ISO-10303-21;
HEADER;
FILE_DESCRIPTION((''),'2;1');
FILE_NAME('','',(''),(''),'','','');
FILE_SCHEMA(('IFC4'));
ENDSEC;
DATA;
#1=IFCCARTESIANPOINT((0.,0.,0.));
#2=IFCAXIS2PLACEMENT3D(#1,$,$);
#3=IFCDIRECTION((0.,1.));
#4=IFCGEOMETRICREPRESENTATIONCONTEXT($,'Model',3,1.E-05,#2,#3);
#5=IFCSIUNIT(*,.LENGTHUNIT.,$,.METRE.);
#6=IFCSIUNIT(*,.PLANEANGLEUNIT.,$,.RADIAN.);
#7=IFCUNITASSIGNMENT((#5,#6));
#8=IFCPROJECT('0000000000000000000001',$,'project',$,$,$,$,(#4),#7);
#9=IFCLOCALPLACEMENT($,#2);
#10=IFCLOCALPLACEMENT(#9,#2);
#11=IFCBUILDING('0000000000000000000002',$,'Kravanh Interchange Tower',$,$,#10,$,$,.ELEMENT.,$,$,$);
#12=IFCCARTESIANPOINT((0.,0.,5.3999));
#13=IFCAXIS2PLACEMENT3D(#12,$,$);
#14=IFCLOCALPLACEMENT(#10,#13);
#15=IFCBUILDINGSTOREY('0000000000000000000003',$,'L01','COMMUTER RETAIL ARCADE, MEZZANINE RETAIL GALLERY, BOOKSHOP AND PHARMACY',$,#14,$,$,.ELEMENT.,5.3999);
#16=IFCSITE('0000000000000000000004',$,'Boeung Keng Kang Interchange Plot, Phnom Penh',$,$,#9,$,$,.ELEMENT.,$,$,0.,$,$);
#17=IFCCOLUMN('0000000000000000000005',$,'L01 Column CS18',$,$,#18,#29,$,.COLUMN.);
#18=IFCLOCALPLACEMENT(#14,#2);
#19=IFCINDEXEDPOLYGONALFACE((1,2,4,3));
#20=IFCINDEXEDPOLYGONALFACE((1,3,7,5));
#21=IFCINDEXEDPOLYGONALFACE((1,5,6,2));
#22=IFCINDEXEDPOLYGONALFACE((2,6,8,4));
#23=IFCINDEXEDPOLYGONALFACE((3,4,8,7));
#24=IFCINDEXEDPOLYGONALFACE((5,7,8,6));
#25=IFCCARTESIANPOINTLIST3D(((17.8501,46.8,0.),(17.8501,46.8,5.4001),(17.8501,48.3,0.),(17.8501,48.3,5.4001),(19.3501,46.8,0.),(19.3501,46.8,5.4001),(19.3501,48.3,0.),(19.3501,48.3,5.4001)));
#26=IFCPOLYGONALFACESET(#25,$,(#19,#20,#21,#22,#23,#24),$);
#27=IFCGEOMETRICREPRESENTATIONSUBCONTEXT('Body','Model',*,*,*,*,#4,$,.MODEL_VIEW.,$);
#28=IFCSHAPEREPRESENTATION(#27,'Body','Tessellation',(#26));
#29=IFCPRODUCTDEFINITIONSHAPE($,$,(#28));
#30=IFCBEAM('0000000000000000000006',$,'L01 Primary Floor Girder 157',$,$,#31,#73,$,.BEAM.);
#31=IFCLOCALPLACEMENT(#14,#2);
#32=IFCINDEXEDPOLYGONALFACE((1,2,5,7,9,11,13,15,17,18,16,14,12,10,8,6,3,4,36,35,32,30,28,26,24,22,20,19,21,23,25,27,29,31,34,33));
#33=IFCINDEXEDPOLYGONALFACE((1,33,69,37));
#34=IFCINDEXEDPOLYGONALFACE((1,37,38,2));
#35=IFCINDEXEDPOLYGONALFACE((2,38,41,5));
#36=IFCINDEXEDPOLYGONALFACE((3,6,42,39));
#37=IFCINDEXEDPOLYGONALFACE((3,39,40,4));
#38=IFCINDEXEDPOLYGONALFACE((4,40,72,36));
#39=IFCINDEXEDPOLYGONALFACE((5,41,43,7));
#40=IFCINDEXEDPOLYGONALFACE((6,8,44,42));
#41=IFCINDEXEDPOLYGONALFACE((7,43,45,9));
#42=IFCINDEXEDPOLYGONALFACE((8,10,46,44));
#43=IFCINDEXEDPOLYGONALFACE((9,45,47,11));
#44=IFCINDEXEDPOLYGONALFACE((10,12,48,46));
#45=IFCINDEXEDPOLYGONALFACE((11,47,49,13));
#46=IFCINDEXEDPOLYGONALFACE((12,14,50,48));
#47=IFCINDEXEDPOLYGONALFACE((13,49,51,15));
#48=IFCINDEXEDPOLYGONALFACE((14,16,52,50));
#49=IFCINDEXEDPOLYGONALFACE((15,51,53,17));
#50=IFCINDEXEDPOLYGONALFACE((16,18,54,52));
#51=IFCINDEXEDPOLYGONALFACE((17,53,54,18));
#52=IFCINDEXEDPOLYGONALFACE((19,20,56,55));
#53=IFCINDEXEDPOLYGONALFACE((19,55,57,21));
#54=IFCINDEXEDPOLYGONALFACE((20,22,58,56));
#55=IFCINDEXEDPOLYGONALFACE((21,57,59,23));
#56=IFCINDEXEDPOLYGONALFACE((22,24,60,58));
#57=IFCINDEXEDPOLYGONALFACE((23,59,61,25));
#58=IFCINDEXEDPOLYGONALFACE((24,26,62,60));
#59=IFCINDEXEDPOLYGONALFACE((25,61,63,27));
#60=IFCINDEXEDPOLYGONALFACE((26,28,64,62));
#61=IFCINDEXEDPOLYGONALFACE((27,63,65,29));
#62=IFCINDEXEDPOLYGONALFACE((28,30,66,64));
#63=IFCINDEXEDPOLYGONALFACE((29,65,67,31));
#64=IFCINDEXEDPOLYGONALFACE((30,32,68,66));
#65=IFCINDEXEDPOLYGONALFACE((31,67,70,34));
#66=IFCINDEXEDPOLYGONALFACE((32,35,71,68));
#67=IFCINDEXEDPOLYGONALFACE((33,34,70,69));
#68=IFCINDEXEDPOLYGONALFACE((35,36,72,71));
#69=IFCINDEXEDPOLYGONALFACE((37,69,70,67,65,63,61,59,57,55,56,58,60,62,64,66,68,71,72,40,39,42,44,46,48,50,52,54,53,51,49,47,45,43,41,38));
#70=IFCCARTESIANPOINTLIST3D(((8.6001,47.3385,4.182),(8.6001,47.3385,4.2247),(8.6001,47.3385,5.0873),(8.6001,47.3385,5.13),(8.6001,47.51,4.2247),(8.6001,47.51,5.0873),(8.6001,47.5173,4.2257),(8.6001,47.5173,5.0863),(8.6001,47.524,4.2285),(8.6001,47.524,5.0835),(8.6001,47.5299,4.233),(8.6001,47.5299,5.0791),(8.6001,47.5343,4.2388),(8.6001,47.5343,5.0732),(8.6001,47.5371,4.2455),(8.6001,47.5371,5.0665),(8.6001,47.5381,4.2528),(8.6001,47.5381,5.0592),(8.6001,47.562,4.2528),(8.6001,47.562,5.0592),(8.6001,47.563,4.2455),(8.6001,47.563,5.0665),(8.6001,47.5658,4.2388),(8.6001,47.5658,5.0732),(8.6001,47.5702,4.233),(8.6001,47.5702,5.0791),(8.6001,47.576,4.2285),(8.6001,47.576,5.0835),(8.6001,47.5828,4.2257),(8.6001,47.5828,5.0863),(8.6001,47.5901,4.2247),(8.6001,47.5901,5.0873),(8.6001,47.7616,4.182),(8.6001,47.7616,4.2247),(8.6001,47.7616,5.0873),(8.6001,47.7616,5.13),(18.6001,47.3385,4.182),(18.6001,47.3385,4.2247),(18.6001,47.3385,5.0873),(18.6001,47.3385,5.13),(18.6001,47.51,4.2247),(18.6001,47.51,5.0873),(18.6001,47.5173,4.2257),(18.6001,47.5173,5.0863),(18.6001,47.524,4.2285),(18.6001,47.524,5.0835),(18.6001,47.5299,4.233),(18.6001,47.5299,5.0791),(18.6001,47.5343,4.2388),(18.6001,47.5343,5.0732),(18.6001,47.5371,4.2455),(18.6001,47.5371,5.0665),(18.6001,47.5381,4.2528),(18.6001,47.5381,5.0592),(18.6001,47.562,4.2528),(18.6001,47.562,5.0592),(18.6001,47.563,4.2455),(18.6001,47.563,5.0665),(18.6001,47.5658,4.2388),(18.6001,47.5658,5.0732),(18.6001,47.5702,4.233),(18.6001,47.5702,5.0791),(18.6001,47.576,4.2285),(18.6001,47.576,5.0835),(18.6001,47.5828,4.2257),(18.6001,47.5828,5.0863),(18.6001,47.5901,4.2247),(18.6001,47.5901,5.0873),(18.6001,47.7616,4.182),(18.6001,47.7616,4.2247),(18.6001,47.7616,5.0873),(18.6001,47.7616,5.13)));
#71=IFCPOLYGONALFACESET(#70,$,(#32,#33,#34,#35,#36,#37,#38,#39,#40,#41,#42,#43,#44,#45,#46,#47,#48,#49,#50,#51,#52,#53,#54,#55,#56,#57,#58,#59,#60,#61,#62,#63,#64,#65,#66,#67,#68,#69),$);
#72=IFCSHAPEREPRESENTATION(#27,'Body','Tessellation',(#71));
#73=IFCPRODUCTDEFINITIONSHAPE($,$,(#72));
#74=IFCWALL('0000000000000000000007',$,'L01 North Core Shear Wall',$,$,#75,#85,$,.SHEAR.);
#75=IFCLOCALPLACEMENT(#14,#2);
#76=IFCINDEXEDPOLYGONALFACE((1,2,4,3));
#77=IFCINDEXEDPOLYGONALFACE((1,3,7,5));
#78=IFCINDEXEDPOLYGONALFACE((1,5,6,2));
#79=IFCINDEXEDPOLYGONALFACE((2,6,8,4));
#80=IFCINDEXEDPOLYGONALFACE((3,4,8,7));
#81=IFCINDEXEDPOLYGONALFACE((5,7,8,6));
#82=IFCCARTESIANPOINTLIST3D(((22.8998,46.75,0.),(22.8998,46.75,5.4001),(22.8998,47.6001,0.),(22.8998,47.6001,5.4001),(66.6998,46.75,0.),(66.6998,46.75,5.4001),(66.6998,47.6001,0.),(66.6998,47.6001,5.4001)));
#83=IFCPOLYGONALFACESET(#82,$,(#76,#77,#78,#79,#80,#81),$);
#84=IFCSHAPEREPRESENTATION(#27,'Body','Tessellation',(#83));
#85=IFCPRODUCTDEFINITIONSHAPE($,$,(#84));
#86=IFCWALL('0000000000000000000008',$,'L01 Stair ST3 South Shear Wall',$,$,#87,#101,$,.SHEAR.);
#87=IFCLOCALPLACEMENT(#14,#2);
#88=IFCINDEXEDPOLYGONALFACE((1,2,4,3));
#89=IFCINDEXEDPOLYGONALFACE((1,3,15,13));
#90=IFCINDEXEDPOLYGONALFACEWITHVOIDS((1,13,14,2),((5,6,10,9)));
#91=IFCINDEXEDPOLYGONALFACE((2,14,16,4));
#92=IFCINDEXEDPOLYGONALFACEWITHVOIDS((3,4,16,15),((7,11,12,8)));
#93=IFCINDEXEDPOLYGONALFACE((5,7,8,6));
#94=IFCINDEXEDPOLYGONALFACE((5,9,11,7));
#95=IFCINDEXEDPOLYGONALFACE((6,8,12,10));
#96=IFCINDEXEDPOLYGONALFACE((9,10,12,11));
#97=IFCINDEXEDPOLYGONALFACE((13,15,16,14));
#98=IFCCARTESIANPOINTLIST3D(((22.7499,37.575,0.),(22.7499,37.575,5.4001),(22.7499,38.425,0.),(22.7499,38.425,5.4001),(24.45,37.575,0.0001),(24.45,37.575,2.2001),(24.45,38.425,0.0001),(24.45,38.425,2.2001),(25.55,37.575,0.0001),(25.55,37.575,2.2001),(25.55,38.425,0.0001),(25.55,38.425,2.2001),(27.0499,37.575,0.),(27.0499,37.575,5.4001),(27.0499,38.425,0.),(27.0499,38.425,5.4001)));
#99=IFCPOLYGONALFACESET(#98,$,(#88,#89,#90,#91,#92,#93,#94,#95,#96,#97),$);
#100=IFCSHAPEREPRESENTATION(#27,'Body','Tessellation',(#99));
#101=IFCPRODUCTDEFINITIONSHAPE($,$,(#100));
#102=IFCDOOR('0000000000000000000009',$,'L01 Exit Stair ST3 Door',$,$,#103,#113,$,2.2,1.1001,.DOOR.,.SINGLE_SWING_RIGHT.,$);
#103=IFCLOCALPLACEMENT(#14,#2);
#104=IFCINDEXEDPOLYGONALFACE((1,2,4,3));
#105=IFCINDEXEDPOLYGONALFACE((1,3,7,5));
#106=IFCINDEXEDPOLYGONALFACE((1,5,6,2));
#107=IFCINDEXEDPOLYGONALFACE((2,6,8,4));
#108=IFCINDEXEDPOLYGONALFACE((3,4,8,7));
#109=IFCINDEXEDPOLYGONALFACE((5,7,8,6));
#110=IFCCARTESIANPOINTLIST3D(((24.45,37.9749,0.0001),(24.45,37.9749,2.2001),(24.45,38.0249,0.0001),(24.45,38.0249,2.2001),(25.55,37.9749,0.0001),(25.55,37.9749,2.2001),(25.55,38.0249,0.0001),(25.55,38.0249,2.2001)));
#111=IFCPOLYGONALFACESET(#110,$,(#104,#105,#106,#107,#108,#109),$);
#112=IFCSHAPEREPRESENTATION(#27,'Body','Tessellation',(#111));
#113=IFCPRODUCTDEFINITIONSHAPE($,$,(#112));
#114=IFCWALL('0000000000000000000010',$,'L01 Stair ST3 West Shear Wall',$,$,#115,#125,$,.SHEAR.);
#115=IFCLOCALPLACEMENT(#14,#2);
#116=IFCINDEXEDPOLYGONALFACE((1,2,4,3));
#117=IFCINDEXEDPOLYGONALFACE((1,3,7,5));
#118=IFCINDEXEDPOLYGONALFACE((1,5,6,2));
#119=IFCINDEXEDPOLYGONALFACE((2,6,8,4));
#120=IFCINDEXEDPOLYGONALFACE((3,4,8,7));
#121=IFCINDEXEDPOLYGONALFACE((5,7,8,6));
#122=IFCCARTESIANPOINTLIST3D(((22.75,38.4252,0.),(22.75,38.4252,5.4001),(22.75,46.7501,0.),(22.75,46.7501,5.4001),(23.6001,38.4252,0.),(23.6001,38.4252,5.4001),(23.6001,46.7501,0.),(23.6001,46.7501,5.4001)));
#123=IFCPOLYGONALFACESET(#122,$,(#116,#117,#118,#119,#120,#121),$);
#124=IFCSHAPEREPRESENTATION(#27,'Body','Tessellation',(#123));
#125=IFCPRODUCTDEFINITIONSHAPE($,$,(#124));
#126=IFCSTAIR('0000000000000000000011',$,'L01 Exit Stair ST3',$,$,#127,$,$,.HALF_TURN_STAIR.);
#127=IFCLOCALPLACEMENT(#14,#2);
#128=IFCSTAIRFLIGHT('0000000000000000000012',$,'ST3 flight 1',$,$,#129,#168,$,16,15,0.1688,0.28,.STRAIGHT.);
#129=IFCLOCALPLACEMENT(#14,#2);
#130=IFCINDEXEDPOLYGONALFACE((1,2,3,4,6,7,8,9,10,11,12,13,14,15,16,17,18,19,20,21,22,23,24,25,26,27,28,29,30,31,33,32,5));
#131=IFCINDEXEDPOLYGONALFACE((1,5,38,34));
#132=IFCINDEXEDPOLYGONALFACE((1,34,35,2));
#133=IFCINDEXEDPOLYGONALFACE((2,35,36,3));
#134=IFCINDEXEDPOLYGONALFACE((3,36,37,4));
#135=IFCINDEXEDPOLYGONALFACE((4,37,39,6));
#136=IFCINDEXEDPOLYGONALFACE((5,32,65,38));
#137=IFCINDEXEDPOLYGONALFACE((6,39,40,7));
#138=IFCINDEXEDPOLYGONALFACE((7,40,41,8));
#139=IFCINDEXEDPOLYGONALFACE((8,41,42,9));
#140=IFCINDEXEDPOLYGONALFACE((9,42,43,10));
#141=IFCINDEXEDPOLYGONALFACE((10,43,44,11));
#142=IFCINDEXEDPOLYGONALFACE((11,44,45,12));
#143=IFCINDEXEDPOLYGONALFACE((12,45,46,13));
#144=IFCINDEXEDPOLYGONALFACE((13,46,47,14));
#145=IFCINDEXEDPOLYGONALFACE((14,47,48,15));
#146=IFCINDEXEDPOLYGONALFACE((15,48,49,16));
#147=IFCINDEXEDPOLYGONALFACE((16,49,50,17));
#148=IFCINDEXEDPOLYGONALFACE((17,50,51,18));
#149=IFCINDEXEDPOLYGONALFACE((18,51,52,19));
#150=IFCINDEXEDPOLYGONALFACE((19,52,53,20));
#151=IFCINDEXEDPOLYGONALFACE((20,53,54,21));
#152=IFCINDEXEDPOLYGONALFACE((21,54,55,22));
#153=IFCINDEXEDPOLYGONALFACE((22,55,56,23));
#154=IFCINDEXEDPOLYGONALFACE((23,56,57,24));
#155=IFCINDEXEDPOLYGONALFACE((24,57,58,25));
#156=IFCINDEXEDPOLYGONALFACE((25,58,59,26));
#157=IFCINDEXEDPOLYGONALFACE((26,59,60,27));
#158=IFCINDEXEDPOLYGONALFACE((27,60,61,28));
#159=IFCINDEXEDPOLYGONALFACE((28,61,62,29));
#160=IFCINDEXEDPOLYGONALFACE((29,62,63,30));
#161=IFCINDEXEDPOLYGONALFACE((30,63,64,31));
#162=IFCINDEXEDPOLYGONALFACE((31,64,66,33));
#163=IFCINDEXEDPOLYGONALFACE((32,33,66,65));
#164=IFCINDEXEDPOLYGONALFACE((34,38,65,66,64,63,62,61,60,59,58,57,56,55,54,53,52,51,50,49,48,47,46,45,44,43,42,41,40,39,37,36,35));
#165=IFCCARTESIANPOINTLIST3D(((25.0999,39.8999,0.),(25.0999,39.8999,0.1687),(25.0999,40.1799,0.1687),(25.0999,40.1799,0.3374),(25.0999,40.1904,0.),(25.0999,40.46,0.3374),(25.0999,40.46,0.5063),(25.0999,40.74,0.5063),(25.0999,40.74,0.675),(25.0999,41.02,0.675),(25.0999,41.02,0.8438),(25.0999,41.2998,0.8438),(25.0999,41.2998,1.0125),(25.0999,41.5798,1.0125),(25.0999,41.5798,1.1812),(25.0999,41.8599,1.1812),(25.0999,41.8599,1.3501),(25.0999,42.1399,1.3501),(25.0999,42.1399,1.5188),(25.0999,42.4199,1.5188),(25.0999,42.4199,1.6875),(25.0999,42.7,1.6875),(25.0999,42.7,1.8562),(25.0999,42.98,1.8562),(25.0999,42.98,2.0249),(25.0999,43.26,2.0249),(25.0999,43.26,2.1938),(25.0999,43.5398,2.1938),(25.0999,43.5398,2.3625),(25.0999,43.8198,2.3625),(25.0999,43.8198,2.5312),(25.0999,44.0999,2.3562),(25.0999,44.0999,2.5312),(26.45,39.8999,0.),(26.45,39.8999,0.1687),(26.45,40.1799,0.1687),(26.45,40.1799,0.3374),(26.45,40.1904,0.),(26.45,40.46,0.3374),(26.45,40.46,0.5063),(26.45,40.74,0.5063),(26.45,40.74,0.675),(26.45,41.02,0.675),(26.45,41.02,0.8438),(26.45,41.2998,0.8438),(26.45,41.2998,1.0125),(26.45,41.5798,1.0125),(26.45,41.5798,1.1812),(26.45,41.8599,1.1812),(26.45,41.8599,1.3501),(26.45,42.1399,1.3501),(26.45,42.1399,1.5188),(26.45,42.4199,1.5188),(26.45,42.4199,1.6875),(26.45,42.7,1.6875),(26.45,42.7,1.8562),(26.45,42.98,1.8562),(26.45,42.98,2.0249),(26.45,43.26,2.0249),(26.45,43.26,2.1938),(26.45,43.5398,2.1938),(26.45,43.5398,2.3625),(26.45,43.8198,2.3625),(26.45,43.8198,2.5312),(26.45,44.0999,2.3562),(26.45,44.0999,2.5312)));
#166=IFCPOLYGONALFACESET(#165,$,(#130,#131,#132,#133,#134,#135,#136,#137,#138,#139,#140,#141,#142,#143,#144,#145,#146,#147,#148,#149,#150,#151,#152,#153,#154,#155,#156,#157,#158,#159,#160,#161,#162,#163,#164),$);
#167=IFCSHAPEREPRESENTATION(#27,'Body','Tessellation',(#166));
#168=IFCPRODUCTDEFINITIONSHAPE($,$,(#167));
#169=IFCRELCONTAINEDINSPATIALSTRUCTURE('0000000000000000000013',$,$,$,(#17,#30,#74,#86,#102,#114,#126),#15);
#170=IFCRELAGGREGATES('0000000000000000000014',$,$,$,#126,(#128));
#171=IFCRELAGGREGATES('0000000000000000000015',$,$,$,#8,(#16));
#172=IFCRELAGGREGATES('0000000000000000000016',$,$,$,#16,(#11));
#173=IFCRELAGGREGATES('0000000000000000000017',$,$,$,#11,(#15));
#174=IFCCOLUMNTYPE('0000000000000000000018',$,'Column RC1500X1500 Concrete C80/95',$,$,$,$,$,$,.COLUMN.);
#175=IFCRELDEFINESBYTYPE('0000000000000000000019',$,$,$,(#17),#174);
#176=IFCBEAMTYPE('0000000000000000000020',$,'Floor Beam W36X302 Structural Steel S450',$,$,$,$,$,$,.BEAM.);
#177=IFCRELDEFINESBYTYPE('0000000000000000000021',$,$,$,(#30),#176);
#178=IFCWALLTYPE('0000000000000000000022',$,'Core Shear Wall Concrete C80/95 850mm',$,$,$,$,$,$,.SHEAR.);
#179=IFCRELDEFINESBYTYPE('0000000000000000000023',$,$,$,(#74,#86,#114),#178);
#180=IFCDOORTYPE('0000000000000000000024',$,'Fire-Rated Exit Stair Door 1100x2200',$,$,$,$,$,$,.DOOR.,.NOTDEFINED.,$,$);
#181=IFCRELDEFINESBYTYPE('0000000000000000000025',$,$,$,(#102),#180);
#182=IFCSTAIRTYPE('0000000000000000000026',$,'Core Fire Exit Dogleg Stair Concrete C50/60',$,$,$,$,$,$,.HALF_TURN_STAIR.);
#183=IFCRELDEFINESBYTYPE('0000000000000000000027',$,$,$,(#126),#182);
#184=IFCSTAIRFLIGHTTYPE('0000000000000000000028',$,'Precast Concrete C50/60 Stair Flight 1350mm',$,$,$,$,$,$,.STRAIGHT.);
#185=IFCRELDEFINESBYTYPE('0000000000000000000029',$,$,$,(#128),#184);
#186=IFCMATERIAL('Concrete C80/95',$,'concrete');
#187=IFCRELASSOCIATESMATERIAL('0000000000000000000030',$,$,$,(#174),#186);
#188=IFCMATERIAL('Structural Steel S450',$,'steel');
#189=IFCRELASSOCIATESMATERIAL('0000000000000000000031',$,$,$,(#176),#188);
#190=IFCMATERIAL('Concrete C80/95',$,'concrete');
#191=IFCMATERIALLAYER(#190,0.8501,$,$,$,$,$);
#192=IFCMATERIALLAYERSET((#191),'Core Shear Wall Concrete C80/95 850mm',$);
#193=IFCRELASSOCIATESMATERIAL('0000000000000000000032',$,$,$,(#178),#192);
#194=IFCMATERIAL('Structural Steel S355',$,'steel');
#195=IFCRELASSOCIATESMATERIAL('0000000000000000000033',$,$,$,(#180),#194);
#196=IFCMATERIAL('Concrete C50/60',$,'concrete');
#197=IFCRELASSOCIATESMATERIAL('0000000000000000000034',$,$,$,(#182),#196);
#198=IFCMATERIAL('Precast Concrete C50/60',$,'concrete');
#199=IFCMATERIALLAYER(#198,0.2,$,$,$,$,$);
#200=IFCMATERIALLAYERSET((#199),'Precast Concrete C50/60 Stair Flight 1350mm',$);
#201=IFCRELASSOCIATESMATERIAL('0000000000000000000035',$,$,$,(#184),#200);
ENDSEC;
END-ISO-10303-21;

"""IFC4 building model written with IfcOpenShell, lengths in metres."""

from ifc_helpers import new_model, si_unit, direction, frame, frame_2d, origin, origin_2d, place, context, subcontext, project, spatial, polyline, rectangle, i_section, outline, extrude, material, layer, layer_set, material_profile, profile_set, type_object, element, fill, aggregate, save


model = new_model("IFC4")

# Units and contexts
model_context = context("Model", 3, precision=1e-05, world=origin(), true_north=direction((0.0, 1.0)))
body_context = subcontext(model_context, "Body", "Model", "MODEL_VIEW")
ifc_project = project(units=[si_unit("LENGTHUNIT", "METRE"), si_unit("PLANEANGLEUNIT", "RADIAN")], contexts=[model_context])

# Site, building, storey
site_placement = place(None, origin())
site = spatial("IfcSite", under=ifc_project, at=site_placement, Name="Boeung Keng Kang Interchange Plot, Phnom Penh", CompositionType="ELEMENT", RefElevation=0.0)
building_placement = place(site_placement, origin())
building = spatial("IfcBuilding", under=site, at=building_placement, Name="Kravanh Interchange Tower", CompositionType="ELEMENT")
storey_placement = place(building_placement, frame((0.0, 0.0, 5.3999)))
storey = spatial("IfcBuildingStorey", under=building, at=storey_placement, Name="L01", Description="COMMUTER RETAIL ARCADE, MEZZANINE RETAIL GALLERY, BOOKSHOP AND PHARMACY", CompositionType="ELEMENT", Elevation=5.3999)

# Column
ifc_material_1 = material(Name="Concrete C80/95", Category="concrete")
ifc_material_profile_1 = material_profile(ifc_material_1, rectangle(XDim=1.5, YDim=1.5, at=origin_2d()), Name="RC1500X1500")
ifc_profile_set_1 = profile_set([ifc_material_profile_1], Name="Concrete C80/95")
column_type = type_object("IfcColumnType", Name="Column RC1500X1500 Concrete C80/95", PredefinedType="COLUMN", material=ifc_profile_set_1)
column_placement = place(storey_placement, frame((18.6001, 47.55, 0.0), z_axis=(0.0, 0.0, 1.0), x_axis=(1.0, 0.0, 0.0)))
element("IfcColumn", 1, at=column_placement, inside=storey, type_object=column_type, Name="L01 Column CS18", PredefinedType="COLUMN", context=body_context, shape_type="SweptSolid", body=[
    extrude(rectangle(XDim=1.5, YDim=1.5, at=origin_2d()), origin(), (0.0, 0.0, 1.0), 5.4001),
])

# Beam
ifc_material_2 = material(Name="Structural Steel S450", Category="steel")
ifc_material_profile_2 = material_profile(ifc_material_2, i_section(OverallWidth=0.4231, OverallDepth=0.948, WebThickness=0.0239, FlangeThickness=0.0427, FilletRadius=0.0281, at=origin_2d()), Name="W36X302")
ifc_profile_set_2 = profile_set([ifc_material_profile_2], Name="Structural Steel S450")
beam_type = type_object("IfcBeamType", Name="Floor Beam W36X302 Structural Steel S450", PredefinedType="BEAM", material=ifc_profile_set_2)
beam_placement = place(storey_placement, frame((18.6001, 47.55, 4.656), z_axis=(-1.0, 0.0, 0.0), x_axis=(0.0, -1.0, 0.0)))
element("IfcBeam", 2, at=beam_placement, inside=storey, type_object=beam_type, Name="L01 Primary Floor Girder 157", PredefinedType="BEAM", context=body_context, shape_type="SweptSolid", body=[
    extrude(i_section(OverallWidth=0.4231, OverallDepth=0.948, WebThickness=0.0239, FlangeThickness=0.0427, FilletRadius=0.0281, at=origin_2d()), origin(), (0.0, 0.0, 1.0), 10.0),
])

# Wall
ifc_material_3 = material(Name="Concrete C80/95", Category="concrete")
ifc_layer_1 = layer(ifc_material_3, 0.8501)
ifc_layer_set_1 = layer_set([ifc_layer_1], Name="Core Shear Wall Concrete C80/95 850mm")
wall_type = type_object("IfcWallType", Name="Core Shear Wall Concrete C80/95 850mm", PredefinedType="SHEAR", material=ifc_layer_set_1)
wall_1_placement = place(storey_placement, frame((22.8999, 47.175, 0.0), z_axis=(0.0, 0.0, 1.0), x_axis=(1.0, 0.0, 0.0)))
element("IfcWall", 3, at=wall_1_placement, inside=storey, type_object=wall_type, Name="L01 North Core Shear Wall", PredefinedType="SHEAR", context=body_context, shape_type="SweptSolid", body=[
    extrude(rectangle(XDim=43.8, YDim=0.8501, at=frame_2d((21.8999, 0.0))), origin(), (0.0, 0.0, 1.0), 5.4001),
])

# Wall, opening, door
wall_2_placement = place(storey_placement, frame((22.75, 38.0, 0.0), z_axis=(0.0, 0.0, 1.0), x_axis=(1.0, 0.0, 0.0)))
wall_2 = element("IfcWall", 4, at=wall_2_placement, inside=storey, type_object=wall_type, Name="L01 Stair ST3 South Shear Wall", PredefinedType="SHEAR", context=body_context, shape_type="SweptSolid", body=[
    extrude(rectangle(XDim=4.3, YDim=0.8501, at=frame_2d((2.1499, 0.0))), origin(), (0.0, 0.0, 1.0), 5.4001),
])
opening_placement = place(wall_2_placement, frame((1.7, 0.0, 0.0)))
opening = element("IfcOpeningElement", 5, at=opening_placement, cuts=wall_2, PredefinedType="OPENING", context=body_context, shape_type="SweptSolid", body=[
    extrude(rectangle(XDim=1.1001, YDim=2.2, at=frame_2d((0.55, 1.1001))), frame((0.0, 0.4351, 0.0), z_axis=(0.0, -1.0, 0.0), x_axis=(1.0, 0.0, 0.0)), (0.0, 0.0, 1.0), 0.8701),
])
ifc_material_4 = material(Name="Structural Steel S355", Category="steel")
door_type = type_object("IfcDoorType", Name="Fire-Rated Exit Stair Door 1100x2200", OperationType="NOTDEFINED", PredefinedType="DOOR", material=ifc_material_4)
door_placement = place(opening_placement, origin())
door = element("IfcDoor", 6, at=door_placement, inside=storey, type_object=door_type, Name="L01 Exit Stair ST3 Door", OperationType="SINGLE_SWING_RIGHT", OverallHeight=2.2, OverallWidth=1.1001, PredefinedType="DOOR", context=body_context, shape_type="SweptSolid", body=[
    extrude(rectangle(XDim=1.1001, YDim=2.2, at=frame_2d((0.55, 1.1001))), frame((0.0, 0.0249, 0.0), z_axis=(0.0, -1.0, 0.0), x_axis=(1.0, 0.0, 0.0)), (0.0, 0.0, 1.0), 0.05),
])
fill(opening, door)

# Wall
wall_3_placement = place(storey_placement, frame((23.175, 38.425, 0.0), z_axis=(0.0, 0.0, 1.0), x_axis=(0.0, 1.0, 0.0)))
element("IfcWall", 7, at=wall_3_placement, inside=storey, type_object=wall_type, Name="L01 Stair ST3 West Shear Wall", PredefinedType="SHEAR", context=body_context, shape_type="SweptSolid", body=[
    extrude(rectangle(XDim=8.325, YDim=0.8501, at=frame_2d((4.1626, 0.0))), origin(), (0.0, 0.0, 1.0), 5.4001),
])

# Stair, stair flight
ifc_material_5 = material(Name="Concrete C50/60", Category="concrete")
stair_type = type_object("IfcStairType", Name="Core Fire Exit Dogleg Stair Concrete C50/60", PredefinedType="HALF_TURN_STAIR", material=ifc_material_5)
stair_placement = place(storey_placement, origin())
stair = element("IfcStair", 8, at=stair_placement, inside=storey, type_object=stair_type, Name="L01 Exit Stair ST3", PredefinedType="HALF_TURN_STAIR")
ifc_material_6 = material(Name="Precast Concrete C50/60", Category="concrete")
ifc_layer_2 = layer(ifc_material_6, 0.2)
ifc_layer_set_2 = layer_set([ifc_layer_2], Name="Precast Concrete C50/60 Stair Flight 1350mm")
stair_flight_type = type_object("IfcStairFlightType", Name="Precast Concrete C50/60 Stair Flight 1350mm", PredefinedType="STRAIGHT", material=ifc_layer_set_2)
stair_flight_1_placement = place(storey_placement, frame((25.7749, 39.8999, 0.0), z_axis=(0.0, 0.0, 1.0), x_axis=(0.0, 1.0, 0.0)))
stair_flight_1 = element("IfcStairFlight", 9, at=stair_flight_1_placement, type_object=stair_flight_type, Name="ST3 flight 1", NumberOfRisers=16, NumberOfTreads=15, PredefinedType="STRAIGHT", RiserHeight=0.1688, TreadLength=0.28, context=body_context, shape_type="SweptSolid", body=[
    extrude(outline(polyline([(0.0, 0.0), (0.0, 0.1687), (0.28, 0.1687), (0.28, 0.3374), (0.5601, 0.3374), (0.5601, 0.5063), (0.8401, 0.5063), (0.8401, 0.675), (1.1201, 0.675), (1.1201, 0.8438), (1.3999, 0.8438), (1.3999, 1.0125), (1.6799, 1.0125), (1.6799, 1.1812), (1.96, 1.1812), (1.96, 1.3501), (2.24, 1.3501), (2.24, 1.5188), (2.52, 1.5188), (2.52, 1.6875), (2.8, 1.6875), (2.8, 1.8562), (3.0801, 1.8562), (3.0801, 2.0249), (3.3601, 2.0249), (3.3601, 2.1938), (3.6399, 2.1938), (3.6399, 2.3625), (3.9199, 2.3625), (3.9199, 2.5312), (4.2, 2.5312), (4.2, 2.7), (4.2, 2.3562), (0.2905, 0.0), (0.0, 0.0)])), frame((0.0, 0.675, 0.0), z_axis=(0.0, -1.0, 0.0), x_axis=(1.0, 0.0, 0.0)), (0.0, 0.0, 1.0), 1.3501),
])
aggregate(stair, [stair_flight_1])

save(model, "model.ifc")
